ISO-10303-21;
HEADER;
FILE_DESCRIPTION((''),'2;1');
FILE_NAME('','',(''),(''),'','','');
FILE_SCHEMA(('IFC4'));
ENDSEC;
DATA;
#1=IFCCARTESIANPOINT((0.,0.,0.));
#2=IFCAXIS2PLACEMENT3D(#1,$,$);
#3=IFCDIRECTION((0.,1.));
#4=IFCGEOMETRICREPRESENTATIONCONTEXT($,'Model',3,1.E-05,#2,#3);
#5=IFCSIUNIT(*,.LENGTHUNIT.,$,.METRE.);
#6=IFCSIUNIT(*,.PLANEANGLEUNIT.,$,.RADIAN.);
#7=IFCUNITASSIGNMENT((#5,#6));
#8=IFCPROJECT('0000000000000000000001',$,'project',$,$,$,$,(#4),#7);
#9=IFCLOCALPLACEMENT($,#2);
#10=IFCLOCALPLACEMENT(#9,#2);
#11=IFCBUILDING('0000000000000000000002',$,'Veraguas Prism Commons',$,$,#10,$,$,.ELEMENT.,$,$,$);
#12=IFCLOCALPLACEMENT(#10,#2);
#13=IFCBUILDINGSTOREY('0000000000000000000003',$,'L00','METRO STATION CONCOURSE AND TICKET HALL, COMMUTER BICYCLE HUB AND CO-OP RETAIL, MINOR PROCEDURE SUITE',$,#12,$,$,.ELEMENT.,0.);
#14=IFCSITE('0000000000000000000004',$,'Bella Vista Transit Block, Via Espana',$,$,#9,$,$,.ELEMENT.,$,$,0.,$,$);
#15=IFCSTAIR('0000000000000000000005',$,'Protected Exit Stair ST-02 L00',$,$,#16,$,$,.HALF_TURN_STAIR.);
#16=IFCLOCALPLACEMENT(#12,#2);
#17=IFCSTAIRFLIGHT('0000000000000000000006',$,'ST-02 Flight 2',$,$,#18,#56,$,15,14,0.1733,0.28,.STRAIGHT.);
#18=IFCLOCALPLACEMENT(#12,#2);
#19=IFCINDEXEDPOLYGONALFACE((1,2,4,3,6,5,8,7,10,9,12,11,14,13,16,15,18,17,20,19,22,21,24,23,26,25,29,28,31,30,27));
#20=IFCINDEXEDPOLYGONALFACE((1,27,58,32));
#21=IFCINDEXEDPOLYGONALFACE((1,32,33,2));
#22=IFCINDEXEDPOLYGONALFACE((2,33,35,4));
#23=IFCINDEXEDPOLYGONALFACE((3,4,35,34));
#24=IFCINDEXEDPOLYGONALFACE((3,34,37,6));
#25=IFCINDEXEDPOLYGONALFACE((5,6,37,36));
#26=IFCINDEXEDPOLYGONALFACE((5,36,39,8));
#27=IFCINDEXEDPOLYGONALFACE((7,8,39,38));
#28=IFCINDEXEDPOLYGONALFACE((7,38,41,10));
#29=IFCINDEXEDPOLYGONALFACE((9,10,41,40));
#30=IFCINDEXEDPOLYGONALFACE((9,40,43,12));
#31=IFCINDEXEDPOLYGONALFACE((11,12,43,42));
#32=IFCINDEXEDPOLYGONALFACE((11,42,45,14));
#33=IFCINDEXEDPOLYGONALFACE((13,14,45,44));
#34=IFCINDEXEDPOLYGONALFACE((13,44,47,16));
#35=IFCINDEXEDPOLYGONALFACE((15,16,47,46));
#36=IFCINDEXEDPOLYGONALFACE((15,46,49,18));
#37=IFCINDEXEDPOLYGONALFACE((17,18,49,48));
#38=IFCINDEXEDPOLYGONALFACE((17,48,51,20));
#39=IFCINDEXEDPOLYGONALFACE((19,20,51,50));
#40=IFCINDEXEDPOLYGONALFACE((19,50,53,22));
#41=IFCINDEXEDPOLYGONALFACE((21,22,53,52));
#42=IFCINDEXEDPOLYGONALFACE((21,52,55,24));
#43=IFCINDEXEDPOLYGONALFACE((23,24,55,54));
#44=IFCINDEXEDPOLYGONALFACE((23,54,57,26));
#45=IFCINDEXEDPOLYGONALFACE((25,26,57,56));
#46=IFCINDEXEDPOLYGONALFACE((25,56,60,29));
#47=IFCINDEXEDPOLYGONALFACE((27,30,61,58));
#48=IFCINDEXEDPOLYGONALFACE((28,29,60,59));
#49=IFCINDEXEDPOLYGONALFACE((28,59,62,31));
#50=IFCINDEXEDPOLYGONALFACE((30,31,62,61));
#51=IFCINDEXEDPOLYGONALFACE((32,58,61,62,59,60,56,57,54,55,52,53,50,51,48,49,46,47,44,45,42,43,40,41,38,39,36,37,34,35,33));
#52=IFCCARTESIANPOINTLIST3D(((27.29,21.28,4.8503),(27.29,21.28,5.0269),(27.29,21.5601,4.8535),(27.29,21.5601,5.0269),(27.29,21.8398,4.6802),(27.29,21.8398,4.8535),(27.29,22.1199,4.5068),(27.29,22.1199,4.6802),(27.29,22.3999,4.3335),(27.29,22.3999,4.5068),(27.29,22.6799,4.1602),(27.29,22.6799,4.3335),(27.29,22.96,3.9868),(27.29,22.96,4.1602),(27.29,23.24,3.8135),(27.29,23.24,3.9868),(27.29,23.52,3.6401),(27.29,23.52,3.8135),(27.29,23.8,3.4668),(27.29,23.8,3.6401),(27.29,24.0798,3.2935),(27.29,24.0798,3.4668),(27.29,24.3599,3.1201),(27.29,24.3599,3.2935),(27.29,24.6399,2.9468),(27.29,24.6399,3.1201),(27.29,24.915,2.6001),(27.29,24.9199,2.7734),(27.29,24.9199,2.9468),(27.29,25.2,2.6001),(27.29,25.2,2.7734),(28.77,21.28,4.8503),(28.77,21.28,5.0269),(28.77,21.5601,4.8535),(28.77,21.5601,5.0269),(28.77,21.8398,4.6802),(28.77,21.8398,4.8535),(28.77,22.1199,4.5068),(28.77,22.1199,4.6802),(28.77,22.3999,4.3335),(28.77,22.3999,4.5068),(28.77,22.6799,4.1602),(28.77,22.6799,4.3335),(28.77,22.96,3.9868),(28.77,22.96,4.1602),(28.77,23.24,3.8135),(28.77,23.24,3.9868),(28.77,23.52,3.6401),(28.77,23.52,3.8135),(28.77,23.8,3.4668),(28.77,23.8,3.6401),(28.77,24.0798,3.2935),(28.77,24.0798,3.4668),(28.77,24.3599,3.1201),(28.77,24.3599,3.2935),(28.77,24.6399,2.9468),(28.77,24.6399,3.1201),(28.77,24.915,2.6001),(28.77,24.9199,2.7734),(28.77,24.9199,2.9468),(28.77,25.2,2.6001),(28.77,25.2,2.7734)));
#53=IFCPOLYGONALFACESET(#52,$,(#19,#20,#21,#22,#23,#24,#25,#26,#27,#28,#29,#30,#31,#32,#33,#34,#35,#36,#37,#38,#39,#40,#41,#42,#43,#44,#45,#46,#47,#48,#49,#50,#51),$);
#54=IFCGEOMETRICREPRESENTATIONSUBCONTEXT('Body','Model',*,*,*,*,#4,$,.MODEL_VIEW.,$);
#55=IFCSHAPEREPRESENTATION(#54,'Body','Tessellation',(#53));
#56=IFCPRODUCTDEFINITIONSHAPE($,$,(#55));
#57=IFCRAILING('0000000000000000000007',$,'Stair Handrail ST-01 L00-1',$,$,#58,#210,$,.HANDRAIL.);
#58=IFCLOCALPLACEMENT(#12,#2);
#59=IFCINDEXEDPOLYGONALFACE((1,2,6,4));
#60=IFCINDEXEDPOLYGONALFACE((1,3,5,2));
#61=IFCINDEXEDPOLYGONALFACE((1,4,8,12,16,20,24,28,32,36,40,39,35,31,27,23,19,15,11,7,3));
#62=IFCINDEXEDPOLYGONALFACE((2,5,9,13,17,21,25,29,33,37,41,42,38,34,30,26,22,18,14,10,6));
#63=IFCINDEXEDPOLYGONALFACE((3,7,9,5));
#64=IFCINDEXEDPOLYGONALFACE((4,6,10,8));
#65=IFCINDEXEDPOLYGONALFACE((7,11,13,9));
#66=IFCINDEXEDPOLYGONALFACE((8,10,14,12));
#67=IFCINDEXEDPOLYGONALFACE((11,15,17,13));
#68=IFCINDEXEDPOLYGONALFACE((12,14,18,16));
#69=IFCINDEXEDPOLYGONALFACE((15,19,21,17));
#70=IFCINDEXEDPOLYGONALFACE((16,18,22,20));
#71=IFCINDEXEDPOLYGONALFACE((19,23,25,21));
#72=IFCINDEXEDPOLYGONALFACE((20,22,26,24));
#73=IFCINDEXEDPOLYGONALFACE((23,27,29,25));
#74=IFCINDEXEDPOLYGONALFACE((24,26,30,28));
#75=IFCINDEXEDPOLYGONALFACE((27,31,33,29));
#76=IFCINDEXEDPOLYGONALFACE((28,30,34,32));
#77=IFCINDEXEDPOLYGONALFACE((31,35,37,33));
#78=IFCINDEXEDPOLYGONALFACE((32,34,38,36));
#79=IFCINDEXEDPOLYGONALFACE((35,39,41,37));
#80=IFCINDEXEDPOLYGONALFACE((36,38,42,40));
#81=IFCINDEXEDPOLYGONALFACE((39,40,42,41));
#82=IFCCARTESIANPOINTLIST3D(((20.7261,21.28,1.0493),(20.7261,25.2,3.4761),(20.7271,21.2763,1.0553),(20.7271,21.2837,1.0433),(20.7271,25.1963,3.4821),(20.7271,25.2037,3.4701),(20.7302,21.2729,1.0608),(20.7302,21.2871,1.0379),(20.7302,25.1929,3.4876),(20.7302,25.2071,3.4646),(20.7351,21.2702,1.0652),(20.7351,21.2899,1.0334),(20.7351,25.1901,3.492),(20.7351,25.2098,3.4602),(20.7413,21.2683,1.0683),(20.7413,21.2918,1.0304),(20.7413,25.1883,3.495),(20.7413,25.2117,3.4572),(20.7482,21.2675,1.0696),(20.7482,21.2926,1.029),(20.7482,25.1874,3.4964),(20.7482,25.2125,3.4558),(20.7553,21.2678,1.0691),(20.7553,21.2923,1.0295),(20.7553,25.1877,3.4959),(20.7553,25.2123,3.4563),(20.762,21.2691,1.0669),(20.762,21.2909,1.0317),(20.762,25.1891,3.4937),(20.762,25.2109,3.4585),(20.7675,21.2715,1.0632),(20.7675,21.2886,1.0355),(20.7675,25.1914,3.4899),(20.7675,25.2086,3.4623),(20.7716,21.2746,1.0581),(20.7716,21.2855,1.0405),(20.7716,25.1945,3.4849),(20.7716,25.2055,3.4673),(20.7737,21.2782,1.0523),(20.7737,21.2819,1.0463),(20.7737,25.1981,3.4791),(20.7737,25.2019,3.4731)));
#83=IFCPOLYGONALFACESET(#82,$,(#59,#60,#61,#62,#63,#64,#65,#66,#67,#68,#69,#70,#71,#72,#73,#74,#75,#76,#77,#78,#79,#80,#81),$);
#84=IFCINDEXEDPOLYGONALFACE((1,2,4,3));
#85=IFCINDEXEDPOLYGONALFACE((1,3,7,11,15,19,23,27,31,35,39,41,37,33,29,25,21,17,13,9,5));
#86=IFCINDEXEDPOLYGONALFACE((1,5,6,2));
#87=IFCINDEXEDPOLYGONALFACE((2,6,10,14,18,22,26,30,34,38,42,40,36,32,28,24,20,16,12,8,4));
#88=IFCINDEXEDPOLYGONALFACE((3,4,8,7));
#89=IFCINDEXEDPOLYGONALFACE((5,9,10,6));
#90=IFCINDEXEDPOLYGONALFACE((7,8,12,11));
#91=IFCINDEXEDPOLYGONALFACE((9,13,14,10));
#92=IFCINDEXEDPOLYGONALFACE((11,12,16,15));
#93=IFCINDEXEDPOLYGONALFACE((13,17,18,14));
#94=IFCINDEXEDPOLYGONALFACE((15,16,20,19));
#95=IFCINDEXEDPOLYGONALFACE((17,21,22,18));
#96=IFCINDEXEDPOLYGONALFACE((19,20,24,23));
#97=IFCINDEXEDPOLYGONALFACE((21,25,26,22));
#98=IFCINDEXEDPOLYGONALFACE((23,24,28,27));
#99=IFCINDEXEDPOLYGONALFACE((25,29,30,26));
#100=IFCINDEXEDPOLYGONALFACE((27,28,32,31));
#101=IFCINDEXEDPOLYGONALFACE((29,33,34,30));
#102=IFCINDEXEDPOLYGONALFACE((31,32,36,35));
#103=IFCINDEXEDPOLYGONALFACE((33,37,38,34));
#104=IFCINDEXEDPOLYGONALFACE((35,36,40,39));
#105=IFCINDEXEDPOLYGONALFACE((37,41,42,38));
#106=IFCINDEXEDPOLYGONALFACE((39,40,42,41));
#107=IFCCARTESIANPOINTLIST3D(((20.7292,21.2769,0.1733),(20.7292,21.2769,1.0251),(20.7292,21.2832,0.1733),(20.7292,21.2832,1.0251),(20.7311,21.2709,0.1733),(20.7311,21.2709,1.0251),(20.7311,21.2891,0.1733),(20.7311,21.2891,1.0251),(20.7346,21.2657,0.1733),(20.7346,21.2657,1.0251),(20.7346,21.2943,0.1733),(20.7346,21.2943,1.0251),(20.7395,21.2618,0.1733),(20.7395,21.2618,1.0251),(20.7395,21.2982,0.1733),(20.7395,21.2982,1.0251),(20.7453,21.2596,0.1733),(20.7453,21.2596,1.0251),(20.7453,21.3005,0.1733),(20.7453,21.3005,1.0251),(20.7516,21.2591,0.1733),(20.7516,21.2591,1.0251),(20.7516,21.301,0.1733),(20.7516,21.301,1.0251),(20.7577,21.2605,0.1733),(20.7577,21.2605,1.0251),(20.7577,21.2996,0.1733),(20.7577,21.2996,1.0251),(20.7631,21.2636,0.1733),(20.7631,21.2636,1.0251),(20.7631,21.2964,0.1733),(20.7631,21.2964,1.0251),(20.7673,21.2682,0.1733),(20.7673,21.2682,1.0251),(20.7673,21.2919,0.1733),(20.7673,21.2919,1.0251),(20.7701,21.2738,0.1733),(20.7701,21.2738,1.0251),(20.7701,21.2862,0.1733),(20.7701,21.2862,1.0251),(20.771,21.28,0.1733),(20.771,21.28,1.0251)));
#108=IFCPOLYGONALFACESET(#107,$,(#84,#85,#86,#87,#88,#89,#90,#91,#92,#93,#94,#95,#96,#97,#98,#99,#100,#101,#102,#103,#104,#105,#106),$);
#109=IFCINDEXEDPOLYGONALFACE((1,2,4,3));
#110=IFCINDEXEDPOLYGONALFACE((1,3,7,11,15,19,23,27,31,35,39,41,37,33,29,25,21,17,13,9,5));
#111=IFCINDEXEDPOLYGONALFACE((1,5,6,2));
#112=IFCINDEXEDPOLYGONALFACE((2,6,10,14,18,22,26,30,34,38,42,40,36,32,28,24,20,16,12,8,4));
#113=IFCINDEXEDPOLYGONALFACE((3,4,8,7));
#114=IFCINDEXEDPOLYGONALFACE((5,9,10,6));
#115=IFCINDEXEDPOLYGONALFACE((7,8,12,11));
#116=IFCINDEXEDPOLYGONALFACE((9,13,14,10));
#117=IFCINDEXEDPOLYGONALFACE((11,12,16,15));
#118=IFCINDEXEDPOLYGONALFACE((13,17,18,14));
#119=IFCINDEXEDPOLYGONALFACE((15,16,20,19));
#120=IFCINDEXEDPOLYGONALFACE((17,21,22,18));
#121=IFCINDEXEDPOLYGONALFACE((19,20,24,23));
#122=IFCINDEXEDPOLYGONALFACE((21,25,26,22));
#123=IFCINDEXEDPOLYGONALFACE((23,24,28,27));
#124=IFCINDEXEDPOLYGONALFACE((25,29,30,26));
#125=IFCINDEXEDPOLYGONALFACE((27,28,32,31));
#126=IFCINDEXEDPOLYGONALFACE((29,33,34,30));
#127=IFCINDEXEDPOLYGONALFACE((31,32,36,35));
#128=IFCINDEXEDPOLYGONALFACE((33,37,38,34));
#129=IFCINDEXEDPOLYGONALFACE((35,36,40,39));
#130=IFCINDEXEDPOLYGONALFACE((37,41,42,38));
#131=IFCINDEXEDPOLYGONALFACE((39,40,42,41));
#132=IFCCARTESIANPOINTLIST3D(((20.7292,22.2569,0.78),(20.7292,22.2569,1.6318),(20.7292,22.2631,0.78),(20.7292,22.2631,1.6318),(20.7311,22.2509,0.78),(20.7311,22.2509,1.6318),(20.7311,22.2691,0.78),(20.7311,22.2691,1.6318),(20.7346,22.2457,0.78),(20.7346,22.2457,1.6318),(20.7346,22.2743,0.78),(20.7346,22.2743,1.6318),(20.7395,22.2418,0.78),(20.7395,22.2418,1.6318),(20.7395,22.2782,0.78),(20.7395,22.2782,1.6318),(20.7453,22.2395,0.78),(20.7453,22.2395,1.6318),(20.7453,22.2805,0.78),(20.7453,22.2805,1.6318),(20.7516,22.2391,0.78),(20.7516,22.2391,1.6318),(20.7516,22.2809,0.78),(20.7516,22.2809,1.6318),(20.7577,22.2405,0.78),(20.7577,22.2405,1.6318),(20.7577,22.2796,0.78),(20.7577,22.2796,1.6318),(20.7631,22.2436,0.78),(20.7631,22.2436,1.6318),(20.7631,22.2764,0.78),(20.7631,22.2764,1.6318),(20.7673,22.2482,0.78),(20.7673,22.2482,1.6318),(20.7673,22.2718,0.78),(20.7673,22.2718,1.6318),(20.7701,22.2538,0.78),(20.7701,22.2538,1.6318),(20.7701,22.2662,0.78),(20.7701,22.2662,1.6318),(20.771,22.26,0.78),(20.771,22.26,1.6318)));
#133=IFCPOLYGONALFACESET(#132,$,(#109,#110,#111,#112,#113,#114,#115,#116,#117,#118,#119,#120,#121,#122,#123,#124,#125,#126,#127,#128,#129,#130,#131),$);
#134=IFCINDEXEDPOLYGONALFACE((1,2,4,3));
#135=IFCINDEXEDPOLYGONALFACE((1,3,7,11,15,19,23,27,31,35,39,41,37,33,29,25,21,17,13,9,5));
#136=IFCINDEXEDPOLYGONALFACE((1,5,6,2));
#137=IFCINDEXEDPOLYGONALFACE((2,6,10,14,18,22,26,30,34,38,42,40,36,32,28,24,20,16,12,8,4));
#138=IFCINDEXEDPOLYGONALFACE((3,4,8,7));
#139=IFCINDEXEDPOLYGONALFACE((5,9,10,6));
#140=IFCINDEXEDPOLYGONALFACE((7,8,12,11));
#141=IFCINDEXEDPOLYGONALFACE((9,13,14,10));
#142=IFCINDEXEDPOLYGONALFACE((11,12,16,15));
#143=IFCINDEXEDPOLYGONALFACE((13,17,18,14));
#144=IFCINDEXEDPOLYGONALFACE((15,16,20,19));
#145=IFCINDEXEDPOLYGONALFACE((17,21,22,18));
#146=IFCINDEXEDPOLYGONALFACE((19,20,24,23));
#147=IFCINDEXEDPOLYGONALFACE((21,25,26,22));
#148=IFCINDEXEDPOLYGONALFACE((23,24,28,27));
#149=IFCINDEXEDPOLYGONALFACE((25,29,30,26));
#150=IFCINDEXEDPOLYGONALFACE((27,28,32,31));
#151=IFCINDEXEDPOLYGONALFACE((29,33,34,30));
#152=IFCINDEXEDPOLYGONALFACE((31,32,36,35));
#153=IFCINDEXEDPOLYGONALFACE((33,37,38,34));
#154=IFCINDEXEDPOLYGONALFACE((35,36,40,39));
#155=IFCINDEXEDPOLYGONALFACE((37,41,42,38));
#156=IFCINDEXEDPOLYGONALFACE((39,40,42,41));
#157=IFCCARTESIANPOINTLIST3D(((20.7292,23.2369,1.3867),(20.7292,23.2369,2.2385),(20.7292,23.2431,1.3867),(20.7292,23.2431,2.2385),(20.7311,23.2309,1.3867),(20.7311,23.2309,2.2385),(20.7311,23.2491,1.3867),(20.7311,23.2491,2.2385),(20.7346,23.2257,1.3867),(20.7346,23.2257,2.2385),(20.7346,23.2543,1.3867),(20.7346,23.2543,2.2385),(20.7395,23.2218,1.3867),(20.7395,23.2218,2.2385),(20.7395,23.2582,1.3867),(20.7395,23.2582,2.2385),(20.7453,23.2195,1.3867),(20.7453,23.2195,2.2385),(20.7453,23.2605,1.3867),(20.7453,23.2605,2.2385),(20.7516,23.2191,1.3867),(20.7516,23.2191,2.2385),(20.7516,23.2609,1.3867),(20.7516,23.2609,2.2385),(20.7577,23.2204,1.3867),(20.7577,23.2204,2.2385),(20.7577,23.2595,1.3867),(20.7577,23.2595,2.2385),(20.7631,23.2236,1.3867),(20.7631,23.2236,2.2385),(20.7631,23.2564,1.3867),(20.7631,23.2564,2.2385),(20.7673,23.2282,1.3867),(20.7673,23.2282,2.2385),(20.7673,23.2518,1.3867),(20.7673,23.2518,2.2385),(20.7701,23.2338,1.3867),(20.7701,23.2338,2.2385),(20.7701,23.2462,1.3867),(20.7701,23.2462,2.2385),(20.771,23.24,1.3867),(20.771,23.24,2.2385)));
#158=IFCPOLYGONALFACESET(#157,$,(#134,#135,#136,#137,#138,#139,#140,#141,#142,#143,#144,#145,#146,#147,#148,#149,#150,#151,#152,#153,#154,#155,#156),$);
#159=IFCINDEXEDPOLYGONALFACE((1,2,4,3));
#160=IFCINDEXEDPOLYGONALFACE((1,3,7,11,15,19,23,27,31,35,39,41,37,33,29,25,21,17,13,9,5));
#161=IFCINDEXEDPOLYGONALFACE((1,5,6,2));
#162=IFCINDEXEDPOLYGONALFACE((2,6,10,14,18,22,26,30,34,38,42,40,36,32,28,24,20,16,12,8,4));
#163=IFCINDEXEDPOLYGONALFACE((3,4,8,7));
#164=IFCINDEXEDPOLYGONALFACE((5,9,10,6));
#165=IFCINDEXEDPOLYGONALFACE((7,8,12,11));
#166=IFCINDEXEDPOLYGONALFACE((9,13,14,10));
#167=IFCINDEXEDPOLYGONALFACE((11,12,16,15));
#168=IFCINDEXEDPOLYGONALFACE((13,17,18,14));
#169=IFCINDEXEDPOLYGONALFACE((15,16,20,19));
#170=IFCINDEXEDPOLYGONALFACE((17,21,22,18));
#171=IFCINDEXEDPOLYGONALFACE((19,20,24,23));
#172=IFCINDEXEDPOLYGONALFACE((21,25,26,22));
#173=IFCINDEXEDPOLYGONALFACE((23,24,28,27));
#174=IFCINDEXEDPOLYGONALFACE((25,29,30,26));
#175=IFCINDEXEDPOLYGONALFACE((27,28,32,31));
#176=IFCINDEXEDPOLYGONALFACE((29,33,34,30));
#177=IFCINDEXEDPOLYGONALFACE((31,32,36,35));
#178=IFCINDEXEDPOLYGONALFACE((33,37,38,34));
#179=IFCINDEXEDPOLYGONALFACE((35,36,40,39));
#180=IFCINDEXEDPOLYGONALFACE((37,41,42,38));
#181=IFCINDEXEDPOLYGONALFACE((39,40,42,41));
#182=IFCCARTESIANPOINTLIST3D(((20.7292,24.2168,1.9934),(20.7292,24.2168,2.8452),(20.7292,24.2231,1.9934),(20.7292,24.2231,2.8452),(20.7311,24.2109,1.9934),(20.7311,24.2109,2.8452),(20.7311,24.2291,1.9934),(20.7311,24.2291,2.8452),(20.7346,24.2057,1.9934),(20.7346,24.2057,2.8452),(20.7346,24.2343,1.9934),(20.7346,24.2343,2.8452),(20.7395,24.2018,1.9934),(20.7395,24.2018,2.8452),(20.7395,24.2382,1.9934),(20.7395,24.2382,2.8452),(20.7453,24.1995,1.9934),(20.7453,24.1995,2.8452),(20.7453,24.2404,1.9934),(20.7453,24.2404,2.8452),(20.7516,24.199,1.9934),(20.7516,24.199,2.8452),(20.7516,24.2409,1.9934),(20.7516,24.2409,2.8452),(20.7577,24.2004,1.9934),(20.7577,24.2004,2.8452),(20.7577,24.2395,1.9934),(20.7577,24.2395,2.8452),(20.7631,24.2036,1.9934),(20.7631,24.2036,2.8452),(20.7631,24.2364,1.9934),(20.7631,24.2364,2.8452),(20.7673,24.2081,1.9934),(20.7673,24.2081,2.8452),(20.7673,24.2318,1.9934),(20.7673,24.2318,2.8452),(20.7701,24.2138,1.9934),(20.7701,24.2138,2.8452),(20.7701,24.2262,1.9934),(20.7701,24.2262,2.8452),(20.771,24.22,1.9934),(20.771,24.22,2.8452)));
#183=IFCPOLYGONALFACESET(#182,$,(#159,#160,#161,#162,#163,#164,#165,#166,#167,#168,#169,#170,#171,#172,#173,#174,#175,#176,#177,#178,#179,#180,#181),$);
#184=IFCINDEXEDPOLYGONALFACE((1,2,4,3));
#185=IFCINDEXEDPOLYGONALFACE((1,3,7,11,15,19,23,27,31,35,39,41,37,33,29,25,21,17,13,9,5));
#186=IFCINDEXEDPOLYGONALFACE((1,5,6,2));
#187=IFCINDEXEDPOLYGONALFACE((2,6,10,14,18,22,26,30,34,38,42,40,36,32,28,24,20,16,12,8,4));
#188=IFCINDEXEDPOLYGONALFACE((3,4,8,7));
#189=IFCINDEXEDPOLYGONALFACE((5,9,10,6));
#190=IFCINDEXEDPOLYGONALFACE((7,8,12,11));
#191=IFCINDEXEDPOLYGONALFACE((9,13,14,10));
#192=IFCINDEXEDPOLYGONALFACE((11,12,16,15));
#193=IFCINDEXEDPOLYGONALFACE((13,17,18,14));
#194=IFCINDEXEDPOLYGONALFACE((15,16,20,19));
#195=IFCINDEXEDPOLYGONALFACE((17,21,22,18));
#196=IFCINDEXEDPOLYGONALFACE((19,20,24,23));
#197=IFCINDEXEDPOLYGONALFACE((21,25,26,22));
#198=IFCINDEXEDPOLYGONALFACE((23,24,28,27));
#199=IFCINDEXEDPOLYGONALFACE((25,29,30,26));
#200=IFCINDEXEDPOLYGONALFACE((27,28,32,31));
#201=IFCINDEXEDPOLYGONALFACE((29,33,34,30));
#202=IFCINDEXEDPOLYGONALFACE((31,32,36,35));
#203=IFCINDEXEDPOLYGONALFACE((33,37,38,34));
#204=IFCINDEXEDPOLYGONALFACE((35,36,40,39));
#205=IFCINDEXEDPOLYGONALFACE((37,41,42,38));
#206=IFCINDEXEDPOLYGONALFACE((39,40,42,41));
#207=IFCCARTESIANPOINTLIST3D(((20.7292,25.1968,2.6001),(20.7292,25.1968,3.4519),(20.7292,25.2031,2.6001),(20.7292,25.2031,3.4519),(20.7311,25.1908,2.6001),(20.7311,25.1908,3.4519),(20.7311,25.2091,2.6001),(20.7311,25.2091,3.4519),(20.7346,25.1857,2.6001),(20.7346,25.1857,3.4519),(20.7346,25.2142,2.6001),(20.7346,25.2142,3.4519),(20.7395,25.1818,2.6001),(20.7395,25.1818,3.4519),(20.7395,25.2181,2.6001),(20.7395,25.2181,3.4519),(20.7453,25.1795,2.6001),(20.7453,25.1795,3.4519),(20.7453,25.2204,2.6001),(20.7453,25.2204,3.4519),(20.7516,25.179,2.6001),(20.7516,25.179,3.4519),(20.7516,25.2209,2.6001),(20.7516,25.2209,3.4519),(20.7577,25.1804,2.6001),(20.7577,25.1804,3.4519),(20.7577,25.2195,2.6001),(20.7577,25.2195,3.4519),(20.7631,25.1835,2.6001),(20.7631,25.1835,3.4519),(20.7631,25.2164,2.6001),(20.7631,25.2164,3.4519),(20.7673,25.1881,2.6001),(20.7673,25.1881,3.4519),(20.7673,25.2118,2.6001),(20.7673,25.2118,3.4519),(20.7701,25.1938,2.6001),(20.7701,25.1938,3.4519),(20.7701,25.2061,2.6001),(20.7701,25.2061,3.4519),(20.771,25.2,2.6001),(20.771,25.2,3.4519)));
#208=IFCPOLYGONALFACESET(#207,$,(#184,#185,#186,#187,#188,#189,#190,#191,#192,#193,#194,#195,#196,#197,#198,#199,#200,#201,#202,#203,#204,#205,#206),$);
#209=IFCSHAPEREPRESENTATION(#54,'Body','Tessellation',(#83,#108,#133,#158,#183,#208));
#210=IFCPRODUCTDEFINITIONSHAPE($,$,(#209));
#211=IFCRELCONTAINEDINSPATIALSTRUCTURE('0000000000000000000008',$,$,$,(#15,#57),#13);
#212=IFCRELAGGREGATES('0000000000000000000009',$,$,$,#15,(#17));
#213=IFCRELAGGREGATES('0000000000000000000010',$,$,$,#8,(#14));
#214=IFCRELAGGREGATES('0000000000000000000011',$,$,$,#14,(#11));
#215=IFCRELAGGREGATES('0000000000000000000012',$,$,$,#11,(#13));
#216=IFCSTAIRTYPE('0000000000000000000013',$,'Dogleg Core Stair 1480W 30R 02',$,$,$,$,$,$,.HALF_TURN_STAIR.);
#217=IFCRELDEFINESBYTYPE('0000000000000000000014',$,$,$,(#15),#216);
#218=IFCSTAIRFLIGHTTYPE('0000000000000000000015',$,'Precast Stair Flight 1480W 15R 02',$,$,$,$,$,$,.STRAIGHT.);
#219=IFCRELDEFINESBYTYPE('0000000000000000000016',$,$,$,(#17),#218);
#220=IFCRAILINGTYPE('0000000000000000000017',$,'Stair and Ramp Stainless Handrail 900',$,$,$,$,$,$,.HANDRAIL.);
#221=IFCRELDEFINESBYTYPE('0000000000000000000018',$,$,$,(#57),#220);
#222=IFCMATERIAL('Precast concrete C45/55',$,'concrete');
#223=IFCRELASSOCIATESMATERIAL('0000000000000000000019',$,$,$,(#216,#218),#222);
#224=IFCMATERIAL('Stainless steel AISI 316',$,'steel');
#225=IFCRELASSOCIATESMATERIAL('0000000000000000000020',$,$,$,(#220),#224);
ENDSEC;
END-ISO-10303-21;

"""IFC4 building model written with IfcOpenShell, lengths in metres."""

from ifc_helpers import new_model, si_unit, direction, frame, origin, origin_2d, place, context, subcontext, project, spatial, polyline, circle, outline, extrude, material, type_object, element, aggregate, save


model = new_model("IFC4")

# Units and contexts
model_context = context("Model", 3, precision=1e-05, world=origin(), true_north=direction((0.0, 1.0)))
body_context = subcontext(model_context, "Body", "Model", "MODEL_VIEW")
ifc_project = project(units=[si_unit("LENGTHUNIT", "METRE"), si_unit("PLANEANGLEUNIT", "RADIAN")], contexts=[model_context])

# Site, building, storey
site_placement = place(None, origin())
site = spatial("IfcSite", under=ifc_project, at=site_placement, Name="Bella Vista Transit Block, Via Espana", CompositionType="ELEMENT", RefElevation=0.0)
building_placement = place(site_placement, origin())
building = spatial("IfcBuilding", under=site, at=building_placement, Name="Veraguas Prism Commons", CompositionType="ELEMENT")
storey_placement = place(building_placement, origin())
storey = spatial("IfcBuildingStorey", under=building, at=storey_placement, Name="L00", Description="METRO STATION CONCOURSE AND TICKET HALL, COMMUTER BICYCLE HUB AND CO-OP RETAIL, MINOR PROCEDURE SUITE", CompositionType="ELEMENT", Elevation=0.0)

# Shared definitions
ifc_material_1 = material(Name="Stainless steel AISI 316", Category="steel")

# Shared definitions
ifc_material_2 = material(Name="Precast concrete C45/55", Category="concrete")
stair_type = type_object("IfcStairType", Name="Dogleg Core Stair 1480W 30R 02", PredefinedType="HALF_TURN_STAIR", material=ifc_material_2)
stair_flight_type = type_object("IfcStairFlightType", Name="Precast Stair Flight 1480W 15R 02", PredefinedType="STRAIGHT", material=ifc_material_2)

# Stair, stair flight
stair_1_placement = place(storey_placement, origin())
stair_1 = element("IfcStair", 1, at=stair_1_placement, inside=storey, type_object=stair_type, Name="Protected Exit Stair ST-02 L00", PredefinedType="HALF_TURN_STAIR")
stair_flight_1_placement = place(storey_placement, frame((28.03, 25.2, 2.6001), z_axis=(0.0, 0.0, 1.0), x_axis=(0.0, -1.0, 0.0)))
stair_flight_1 = element("IfcStairFlight", 2, at=stair_flight_1_placement, type_object=stair_flight_type, Name="ST-02 Flight 2", NumberOfRisers=15, NumberOfTreads=14, PredefinedType="STRAIGHT", RiserHeight=0.1733, TreadLength=0.28, context=body_context, shape_type="SweptSolid", body=[
    extrude(outline(polyline([(0.0, 0.0), (0.0, 0.1733), (0.28, 0.1733), (0.28, 0.3467), (0.5601, 0.3467), (0.5601, 0.52), (0.8401, 0.52), (0.8401, 0.6934), (1.1201, 0.6934), (1.1201, 0.8667), (1.3999, 0.8667), (1.3999, 1.04), (1.6799, 1.04), (1.6799, 1.2134), (1.96, 1.2134), (1.96, 1.3867), (2.24, 1.3867), (2.24, 1.5601), (2.52, 1.5601), (2.52, 1.7334), (2.8, 1.7334), (2.8, 1.9067), (3.0801, 1.9067), (3.0801, 2.0801), (3.3601, 2.0801), (3.3601, 2.2534), (3.6399, 2.2534), (3.6399, 2.4268), (3.9199, 2.4268), (3.9199, 2.6001), (3.9199, 2.2502), (0.2849, 0.0), (0.0, 0.0)])), frame((0.0, 0.74, 0.0), z_axis=(0.0, -1.0, 0.0), x_axis=(1.0, 0.0, 0.0)), (0.0, 0.0, 1.0), 1.48),
])
aggregate(stair_1, [stair_flight_1])

# Railing
railing_type_1 = type_object("IfcRailingType", Name="Stair and Ramp Stainless Handrail 900", PredefinedType="HANDRAIL", material=ifc_material_1)
railing_1_placement = place(storey_placement, frame((20.75, 21.28, 0.1733)))
element("IfcRailing", 3, at=railing_1_placement, inside=storey, type_object=railing_type_1, Name="Stair Handrail ST-01 L00-1", PredefinedType="HANDRAIL", context=body_context, shape_type="SweptSolid", body=[
    extrude(circle(Radius=0.0239, at=origin_2d()), frame((0.0, 0.0, 0.876), z_axis=(0.0, 0.850252, 0.526376), x_axis=(-1.0, 0.0, 0.0)), (0.0, 0.0, 1.0), 4.6104),
    extrude(circle(Radius=0.021, at=origin_2d()), origin(), (0.0, 0.0, 1.0), 0.8518),
    extrude(circle(Radius=0.021, at=origin_2d()), frame((0.0, 0.98, 0.6067)), (0.0, 0.0, 1.0), 0.8518),
    extrude(circle(Radius=0.021, at=origin_2d()), frame((0.0, 1.96, 1.2134)), (0.0, 0.0, 1.0), 0.8518),
    extrude(circle(Radius=0.021, at=origin_2d()), frame((0.0, 2.9399, 1.8201)), (0.0, 0.0, 1.0), 0.8518),
    extrude(circle(Radius=0.021, at=origin_2d()), frame((0.0, 3.9199, 2.4268)), (0.0, 0.0, 1.0), 0.8518),
])

save(model, "model.ifc")
